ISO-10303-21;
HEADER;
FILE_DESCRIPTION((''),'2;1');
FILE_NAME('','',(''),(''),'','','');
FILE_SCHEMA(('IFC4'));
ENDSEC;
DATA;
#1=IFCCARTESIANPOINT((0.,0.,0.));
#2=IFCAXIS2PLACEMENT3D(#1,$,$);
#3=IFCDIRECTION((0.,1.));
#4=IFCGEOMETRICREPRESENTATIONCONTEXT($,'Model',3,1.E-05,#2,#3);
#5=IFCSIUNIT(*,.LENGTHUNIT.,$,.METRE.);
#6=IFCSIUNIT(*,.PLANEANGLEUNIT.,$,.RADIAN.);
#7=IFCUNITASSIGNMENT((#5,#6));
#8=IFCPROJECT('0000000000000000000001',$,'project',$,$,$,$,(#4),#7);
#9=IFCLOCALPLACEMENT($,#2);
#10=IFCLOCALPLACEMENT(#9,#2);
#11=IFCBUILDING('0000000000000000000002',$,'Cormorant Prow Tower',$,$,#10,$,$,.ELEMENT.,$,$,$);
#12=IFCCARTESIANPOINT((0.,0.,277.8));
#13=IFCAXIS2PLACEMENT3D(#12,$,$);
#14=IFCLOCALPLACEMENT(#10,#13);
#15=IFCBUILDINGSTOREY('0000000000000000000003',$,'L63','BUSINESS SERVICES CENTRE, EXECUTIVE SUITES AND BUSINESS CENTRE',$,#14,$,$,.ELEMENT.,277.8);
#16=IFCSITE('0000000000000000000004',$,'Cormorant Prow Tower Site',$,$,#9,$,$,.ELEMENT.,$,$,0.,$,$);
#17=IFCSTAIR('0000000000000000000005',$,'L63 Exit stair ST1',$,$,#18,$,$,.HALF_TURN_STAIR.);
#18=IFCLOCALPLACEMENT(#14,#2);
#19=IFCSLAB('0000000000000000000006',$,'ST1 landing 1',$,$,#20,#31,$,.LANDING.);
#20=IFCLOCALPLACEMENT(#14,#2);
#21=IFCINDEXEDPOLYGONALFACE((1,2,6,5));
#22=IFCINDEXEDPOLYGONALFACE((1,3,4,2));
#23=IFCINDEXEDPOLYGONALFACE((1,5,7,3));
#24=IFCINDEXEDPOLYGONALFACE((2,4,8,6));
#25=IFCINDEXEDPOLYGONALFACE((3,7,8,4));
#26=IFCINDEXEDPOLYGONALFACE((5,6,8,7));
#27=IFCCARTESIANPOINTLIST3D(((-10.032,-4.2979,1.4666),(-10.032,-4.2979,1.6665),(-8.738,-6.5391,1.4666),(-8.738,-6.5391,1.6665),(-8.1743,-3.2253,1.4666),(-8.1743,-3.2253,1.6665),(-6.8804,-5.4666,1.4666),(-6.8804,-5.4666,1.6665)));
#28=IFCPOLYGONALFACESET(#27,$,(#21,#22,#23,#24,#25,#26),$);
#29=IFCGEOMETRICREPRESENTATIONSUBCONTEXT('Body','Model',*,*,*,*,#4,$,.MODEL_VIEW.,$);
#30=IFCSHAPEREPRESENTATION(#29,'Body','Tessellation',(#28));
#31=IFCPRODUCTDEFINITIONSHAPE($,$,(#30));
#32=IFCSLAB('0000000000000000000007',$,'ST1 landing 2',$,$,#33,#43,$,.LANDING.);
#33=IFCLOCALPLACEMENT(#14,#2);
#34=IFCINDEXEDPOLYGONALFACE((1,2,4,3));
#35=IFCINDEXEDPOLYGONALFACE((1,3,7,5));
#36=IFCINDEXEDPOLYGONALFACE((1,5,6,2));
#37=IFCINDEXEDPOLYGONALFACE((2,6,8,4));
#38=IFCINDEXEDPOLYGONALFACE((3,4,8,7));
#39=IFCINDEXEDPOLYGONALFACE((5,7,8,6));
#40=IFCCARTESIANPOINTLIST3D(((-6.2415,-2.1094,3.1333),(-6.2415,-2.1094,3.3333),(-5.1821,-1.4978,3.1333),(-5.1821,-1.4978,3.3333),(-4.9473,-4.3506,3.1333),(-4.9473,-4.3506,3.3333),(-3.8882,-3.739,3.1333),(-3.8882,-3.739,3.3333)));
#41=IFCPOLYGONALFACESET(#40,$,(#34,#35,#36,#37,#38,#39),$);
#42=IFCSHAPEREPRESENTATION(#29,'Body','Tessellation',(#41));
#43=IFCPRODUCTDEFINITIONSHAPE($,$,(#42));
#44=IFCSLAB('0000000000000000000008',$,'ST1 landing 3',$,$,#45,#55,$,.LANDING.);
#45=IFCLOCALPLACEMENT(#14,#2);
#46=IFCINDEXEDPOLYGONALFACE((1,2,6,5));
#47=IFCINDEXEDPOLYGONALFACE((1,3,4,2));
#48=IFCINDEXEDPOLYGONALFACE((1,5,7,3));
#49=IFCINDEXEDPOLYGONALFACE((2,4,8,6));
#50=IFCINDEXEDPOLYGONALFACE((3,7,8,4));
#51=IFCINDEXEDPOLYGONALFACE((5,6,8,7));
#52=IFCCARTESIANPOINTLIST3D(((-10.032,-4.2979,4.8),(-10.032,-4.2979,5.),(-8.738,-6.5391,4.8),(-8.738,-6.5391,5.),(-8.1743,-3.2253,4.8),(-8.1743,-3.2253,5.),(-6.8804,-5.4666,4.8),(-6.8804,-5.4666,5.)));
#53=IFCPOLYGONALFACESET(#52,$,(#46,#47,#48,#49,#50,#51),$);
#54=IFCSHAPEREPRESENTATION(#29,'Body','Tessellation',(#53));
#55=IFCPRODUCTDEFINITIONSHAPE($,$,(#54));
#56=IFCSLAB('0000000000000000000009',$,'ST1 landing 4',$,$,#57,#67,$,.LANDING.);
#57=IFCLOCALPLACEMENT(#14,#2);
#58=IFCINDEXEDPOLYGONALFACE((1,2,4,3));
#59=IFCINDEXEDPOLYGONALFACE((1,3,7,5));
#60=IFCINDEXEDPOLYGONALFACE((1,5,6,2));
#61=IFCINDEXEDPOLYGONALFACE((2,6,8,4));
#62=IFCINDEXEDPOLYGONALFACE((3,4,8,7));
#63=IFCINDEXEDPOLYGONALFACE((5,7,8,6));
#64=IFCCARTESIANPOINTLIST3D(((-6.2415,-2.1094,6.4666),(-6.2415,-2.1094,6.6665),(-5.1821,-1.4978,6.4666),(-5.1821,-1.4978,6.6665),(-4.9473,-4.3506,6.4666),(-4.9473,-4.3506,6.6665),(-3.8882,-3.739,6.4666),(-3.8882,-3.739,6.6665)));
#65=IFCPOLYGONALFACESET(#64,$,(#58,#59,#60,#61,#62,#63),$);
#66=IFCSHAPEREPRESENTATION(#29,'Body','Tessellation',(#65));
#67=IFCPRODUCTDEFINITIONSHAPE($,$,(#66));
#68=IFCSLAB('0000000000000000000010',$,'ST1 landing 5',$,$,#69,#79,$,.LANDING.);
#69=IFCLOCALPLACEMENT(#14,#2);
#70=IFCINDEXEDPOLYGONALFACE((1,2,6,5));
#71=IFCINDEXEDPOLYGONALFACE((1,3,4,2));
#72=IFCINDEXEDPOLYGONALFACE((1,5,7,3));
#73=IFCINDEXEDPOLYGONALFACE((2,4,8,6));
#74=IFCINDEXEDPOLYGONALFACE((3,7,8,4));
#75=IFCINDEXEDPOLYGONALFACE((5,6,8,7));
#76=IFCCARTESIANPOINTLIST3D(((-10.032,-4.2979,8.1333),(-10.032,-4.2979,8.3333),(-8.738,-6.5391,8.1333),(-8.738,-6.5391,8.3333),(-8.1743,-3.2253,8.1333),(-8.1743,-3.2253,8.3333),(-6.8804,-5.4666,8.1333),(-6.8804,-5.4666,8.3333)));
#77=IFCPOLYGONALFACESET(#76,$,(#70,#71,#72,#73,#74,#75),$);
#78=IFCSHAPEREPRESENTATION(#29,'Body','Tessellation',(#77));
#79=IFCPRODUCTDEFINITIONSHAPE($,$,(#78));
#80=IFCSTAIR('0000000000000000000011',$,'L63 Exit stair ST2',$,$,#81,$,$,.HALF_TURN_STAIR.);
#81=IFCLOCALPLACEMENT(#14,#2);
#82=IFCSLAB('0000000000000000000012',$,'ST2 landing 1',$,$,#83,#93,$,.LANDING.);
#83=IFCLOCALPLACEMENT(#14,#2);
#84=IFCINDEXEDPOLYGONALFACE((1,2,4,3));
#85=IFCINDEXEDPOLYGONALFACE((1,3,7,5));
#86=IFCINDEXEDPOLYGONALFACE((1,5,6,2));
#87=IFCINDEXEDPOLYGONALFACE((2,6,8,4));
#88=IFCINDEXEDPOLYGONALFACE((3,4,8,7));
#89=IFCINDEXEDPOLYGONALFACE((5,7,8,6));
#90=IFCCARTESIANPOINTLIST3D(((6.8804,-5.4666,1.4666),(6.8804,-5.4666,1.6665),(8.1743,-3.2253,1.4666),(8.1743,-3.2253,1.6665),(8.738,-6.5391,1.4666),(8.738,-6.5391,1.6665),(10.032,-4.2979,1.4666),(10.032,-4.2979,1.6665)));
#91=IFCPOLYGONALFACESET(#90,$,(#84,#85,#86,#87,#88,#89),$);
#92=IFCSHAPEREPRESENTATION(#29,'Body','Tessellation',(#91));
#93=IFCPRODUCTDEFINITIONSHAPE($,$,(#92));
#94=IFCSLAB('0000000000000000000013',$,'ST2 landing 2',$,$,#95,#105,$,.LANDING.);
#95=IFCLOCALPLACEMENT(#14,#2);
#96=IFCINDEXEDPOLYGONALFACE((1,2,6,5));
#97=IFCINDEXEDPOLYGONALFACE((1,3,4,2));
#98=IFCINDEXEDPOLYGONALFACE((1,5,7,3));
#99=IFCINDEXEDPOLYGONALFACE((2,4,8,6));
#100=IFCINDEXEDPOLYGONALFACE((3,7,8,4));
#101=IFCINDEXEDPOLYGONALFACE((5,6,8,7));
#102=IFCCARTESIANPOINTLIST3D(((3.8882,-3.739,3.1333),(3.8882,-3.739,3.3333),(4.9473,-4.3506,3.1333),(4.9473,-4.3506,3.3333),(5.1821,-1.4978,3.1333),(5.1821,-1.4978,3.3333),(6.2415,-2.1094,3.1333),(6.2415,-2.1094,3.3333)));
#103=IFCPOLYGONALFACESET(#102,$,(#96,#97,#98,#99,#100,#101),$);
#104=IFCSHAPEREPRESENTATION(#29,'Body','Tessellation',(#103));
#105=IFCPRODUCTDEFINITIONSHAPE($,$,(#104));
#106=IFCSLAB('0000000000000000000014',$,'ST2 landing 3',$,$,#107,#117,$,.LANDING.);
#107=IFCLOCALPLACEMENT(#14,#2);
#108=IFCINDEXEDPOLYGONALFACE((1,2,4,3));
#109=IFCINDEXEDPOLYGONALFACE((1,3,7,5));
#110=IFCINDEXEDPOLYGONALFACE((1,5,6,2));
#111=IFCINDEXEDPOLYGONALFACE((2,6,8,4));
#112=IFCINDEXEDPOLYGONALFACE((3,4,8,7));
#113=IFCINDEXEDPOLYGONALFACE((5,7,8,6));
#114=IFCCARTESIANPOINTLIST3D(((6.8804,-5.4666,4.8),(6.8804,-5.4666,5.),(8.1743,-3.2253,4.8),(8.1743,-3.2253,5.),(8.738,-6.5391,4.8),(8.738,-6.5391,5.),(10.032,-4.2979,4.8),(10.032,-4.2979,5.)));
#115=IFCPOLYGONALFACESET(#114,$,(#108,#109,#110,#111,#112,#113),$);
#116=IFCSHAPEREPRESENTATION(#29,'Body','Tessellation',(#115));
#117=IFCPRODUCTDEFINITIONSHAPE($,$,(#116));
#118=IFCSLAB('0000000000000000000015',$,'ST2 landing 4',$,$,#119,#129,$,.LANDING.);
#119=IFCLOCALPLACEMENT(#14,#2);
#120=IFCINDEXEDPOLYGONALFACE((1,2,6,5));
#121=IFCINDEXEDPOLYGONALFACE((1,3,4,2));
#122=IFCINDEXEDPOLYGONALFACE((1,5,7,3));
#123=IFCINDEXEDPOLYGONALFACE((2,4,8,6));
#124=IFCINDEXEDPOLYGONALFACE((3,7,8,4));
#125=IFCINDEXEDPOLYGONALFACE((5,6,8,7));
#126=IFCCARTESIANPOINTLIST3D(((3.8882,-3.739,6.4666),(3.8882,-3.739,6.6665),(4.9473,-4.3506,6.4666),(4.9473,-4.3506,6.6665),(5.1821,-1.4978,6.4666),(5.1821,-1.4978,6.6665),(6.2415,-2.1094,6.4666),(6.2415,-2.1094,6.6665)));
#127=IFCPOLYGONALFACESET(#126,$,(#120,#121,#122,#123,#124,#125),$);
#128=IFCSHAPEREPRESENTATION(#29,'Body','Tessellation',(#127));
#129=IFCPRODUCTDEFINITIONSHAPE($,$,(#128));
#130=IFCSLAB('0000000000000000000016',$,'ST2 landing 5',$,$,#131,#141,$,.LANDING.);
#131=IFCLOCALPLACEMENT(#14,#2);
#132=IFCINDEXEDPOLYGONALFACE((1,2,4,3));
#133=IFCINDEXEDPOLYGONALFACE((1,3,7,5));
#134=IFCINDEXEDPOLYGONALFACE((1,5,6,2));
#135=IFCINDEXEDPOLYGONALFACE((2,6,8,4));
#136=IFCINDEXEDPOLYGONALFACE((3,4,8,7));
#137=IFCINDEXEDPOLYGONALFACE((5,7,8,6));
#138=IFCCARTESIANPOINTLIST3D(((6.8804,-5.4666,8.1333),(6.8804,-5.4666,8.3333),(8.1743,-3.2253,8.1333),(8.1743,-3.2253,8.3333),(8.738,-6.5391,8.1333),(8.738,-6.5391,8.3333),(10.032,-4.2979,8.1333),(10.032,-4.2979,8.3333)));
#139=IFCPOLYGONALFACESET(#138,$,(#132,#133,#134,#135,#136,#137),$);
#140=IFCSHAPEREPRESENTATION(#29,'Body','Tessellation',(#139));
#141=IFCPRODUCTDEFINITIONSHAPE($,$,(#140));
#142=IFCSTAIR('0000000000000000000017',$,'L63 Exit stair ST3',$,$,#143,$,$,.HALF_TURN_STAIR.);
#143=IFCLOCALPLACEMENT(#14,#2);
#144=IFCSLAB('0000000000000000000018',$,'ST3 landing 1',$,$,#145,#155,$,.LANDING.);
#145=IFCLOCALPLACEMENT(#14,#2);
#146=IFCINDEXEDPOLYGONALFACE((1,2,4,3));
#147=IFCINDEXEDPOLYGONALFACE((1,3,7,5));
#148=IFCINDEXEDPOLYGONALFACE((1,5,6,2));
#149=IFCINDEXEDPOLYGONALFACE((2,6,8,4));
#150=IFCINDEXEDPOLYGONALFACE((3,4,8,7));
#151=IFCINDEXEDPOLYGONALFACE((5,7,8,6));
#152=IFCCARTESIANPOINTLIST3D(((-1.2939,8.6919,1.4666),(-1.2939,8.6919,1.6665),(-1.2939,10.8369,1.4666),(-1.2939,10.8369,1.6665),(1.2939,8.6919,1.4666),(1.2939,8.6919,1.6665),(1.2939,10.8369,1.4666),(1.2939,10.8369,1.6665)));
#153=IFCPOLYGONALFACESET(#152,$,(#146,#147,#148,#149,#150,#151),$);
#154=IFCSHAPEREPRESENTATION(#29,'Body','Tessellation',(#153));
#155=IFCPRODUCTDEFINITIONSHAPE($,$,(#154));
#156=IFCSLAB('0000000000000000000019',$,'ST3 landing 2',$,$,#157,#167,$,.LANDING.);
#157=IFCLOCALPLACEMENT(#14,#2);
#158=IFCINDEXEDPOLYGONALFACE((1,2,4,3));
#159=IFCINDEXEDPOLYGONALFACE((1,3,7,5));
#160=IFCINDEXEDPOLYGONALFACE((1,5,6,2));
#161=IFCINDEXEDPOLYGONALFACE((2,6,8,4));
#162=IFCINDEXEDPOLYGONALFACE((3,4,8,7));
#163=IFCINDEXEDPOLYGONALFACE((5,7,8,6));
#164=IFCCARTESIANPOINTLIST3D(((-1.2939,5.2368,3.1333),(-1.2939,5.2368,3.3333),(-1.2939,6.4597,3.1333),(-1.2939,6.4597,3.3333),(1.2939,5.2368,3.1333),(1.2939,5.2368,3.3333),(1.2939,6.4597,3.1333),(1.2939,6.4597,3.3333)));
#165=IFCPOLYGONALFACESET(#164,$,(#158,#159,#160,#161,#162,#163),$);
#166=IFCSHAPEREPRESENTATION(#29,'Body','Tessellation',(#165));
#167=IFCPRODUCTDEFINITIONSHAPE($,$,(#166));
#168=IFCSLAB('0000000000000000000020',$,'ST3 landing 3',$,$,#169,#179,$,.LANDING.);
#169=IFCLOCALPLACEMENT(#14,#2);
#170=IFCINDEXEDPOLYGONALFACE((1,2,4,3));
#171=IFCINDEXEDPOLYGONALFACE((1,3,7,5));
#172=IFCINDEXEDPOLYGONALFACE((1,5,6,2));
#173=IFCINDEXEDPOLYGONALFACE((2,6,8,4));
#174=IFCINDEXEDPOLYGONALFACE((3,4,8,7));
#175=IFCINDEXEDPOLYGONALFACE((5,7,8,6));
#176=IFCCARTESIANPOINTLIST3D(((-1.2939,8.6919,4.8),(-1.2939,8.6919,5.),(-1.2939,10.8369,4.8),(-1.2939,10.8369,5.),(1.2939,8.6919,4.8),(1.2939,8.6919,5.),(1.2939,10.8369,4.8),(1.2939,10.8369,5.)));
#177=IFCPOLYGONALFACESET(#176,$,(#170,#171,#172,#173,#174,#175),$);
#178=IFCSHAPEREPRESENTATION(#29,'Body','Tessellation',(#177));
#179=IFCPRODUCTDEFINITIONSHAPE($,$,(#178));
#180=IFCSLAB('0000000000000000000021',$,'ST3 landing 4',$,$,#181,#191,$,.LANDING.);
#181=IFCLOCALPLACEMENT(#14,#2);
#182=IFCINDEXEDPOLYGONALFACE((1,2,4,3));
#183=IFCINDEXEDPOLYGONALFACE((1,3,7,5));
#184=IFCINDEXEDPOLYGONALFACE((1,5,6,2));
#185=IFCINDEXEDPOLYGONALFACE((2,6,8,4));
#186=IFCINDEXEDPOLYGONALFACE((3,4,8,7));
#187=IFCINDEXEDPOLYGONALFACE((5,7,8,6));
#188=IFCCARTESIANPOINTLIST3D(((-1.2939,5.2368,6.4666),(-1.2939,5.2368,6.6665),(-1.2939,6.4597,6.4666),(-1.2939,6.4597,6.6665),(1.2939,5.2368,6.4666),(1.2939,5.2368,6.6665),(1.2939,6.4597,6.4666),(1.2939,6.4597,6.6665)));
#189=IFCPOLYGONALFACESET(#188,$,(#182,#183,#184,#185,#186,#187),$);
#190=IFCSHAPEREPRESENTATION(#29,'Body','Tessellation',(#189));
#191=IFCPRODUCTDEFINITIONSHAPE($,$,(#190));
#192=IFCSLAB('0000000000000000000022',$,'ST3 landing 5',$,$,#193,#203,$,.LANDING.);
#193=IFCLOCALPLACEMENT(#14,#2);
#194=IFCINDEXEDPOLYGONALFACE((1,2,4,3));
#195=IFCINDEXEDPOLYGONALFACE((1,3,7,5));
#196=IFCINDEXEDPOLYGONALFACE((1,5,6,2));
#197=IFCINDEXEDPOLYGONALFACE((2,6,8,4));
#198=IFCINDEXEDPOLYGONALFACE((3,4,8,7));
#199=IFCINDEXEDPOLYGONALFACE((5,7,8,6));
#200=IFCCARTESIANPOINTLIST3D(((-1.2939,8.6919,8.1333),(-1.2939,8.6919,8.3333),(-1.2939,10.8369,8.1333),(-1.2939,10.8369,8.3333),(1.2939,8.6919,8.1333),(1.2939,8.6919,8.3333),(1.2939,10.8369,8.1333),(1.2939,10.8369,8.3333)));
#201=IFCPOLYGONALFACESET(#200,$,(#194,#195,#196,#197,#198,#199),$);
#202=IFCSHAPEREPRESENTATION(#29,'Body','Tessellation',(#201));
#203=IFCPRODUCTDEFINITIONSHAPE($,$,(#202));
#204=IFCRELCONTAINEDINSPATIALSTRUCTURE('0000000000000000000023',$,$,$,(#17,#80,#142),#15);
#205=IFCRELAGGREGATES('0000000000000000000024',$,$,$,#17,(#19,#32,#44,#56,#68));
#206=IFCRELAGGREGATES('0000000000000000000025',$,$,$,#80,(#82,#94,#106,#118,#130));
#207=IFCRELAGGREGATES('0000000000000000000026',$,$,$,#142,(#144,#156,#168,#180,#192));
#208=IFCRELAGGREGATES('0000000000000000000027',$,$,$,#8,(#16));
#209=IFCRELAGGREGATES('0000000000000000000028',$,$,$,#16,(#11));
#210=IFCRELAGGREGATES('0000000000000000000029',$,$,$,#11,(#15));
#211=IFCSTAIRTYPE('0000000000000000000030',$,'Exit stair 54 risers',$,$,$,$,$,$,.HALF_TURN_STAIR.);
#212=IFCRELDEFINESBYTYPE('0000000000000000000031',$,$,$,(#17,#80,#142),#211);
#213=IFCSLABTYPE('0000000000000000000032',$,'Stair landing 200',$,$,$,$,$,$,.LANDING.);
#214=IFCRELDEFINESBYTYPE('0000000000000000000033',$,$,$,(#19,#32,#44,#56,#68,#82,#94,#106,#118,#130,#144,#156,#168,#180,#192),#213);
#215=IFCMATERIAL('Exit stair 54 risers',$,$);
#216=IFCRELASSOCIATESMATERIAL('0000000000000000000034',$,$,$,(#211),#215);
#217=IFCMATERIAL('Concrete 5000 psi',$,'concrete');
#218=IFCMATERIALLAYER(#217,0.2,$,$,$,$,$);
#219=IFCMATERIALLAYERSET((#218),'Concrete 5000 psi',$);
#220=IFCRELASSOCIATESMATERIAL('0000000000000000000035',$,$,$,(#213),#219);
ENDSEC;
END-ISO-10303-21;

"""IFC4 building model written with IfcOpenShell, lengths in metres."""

from ifc_helpers import new_model, si_unit, direction, frame, origin, place, context, subcontext, project, spatial, polyline, outline, extrude, material, layer, layer_set, type_object, element, aggregate, save


model = new_model("IFC4")

# Units and contexts
model_context = context("Model", 3, precision=1e-05, world=origin(), true_north=direction((0.0, 1.0)))
body_context = subcontext(model_context, "Body", "Model", "MODEL_VIEW")
ifc_project = project(units=[si_unit("LENGTHUNIT", "METRE"), si_unit("PLANEANGLEUNIT", "RADIAN")], contexts=[model_context])

# Site, building, storey
site_placement = place(None, origin())
site = spatial("IfcSite", under=ifc_project, at=site_placement, Name="Cormorant Prow Tower Site", CompositionType="ELEMENT", RefElevation=0.0)
building_placement = place(site_placement, origin())
building = spatial("IfcBuilding", under=site, at=building_placement, Name="Cormorant Prow Tower", CompositionType="ELEMENT")
storey_placement = place(building_placement, frame((0.0, 0.0, 277.8)))
storey = spatial("IfcBuildingStorey", under=building, at=storey_placement, Name="L63", Description="BUSINESS SERVICES CENTRE, EXECUTIVE SUITES AND BUSINESS CENTRE", CompositionType="ELEMENT", Elevation=277.8)

# Stairs, slabs
ifc_material_1 = material(Name="Exit stair 54 risers")
stair_type = type_object("IfcStairType", Name="Exit stair 54 risers", PredefinedType="HALF_TURN_STAIR", material=ifc_material_1)
stair_1_placement = place(storey_placement, origin())
stair_1 = element("IfcStair", 1, at=stair_1_placement, inside=storey, type_object=stair_type, Name="L63 Exit stair ST1", PredefinedType="HALF_TURN_STAIR")
ifc_material_2 = material(Name="Concrete 5000 psi", Category="concrete")
ifc_layer_1 = layer(ifc_material_2, 0.2)
ifc_layer_set_1 = layer_set([ifc_layer_1], Name="Concrete 5000 psi")
slab_type = type_object("IfcSlabType", Name="Stair landing 200", PredefinedType="LANDING", material=ifc_layer_set_1)
slab_1_placement = place(storey_placement, frame((0.0, 0.0, 1.4666)))
slab_1 = element("IfcSlab", 2, at=slab_1_placement, type_object=slab_type, Name="ST1 landing 1", PredefinedType="LANDING", context=body_context, shape_type="SweptSolid", body=[
    extrude(outline(polyline([(-8.1743, -3.2253), (-10.032, -4.2979), (-8.738, -6.5391), (-6.8804, -5.4666), (-8.1743, -3.2253)])), origin(), (0.0, 0.0, 1.0), 0.2),
])
slab_2_placement = place(storey_placement, frame((0.0, 0.0, 3.1333)))
slab_2 = element("IfcSlab", 3, at=slab_2_placement, type_object=slab_type, Name="ST1 landing 2", PredefinedType="LANDING", context=body_context, shape_type="SweptSolid", body=[
    extrude(outline(polyline([(-5.1821, -1.4978), (-6.2415, -2.1094), (-4.9473, -4.3506), (-3.8882, -3.739), (-5.1821, -1.4978)])), origin(), (0.0, 0.0, 1.0), 0.2),
])
slab_3_placement = place(storey_placement, frame((0.0, 0.0, 4.8)))
slab_3 = element("IfcSlab", 4, at=slab_3_placement, type_object=slab_type, Name="ST1 landing 3", PredefinedType="LANDING", context=body_context, shape_type="SweptSolid", body=[
    extrude(outline(polyline([(-8.1743, -3.2253), (-10.032, -4.2979), (-8.738, -6.5391), (-6.8804, -5.4666), (-8.1743, -3.2253)])), origin(), (0.0, 0.0, 1.0), 0.2),
])
slab_4_placement = place(storey_placement, frame((0.0, 0.0, 6.4666)))
slab_4 = element("IfcSlab", 5, at=slab_4_placement, type_object=slab_type, Name="ST1 landing 4", PredefinedType="LANDING", context=body_context, shape_type="SweptSolid", body=[
    extrude(outline(polyline([(-5.1821, -1.4978), (-6.2415, -2.1094), (-4.9473, -4.3506), (-3.8882, -3.739), (-5.1821, -1.4978)])), origin(), (0.0, 0.0, 1.0), 0.2),
])
slab_5_placement = place(storey_placement, frame((0.0, 0.0, 8.1333)))
slab_5 = element("IfcSlab", 6, at=slab_5_placement, type_object=slab_type, Name="ST1 landing 5", PredefinedType="LANDING", context=body_context, shape_type="SweptSolid", body=[
    extrude(outline(polyline([(-8.1743, -3.2253), (-10.032, -4.2979), (-8.738, -6.5391), (-6.8804, -5.4666), (-8.1743, -3.2253)])), origin(), (0.0, 0.0, 1.0), 0.2),
])
aggregate(stair_1, [slab_1, slab_2, slab_3, slab_4, slab_5])
stair_2_placement = place(storey_placement, origin())
stair_2 = element("IfcStair", 7, at=stair_2_placement, inside=storey, type_object=stair_type, Name="L63 Exit stair ST2", PredefinedType="HALF_TURN_STAIR")
slab_6_placement = place(storey_placement, frame((0.0, 0.0, 1.4666)))
slab_6 = element("IfcSlab", 8, at=slab_6_placement, type_object=slab_type, Name="ST2 landing 1", PredefinedType="LANDING", context=body_context, shape_type="SweptSolid", body=[
    extrude(outline(polyline([(6.8804, -5.4666), (8.738, -6.5391), (10.032, -4.2979), (8.1743, -3.2253), (6.8804, -5.4666)])), origin(), (0.0, 0.0, 1.0), 0.2),
])
slab_7_placement = place(storey_placement, frame((0.0, 0.0, 3.1333)))
slab_7 = element("IfcSlab", 9, at=slab_7_placement, type_object=slab_type, Name="ST2 landing 2", PredefinedType="LANDING", context=body_context, shape_type="SweptSolid", body=[
    extrude(outline(polyline([(3.8882, -3.739), (4.9473, -4.3506), (6.2415, -2.1094), (5.1821, -1.4978), (3.8882, -3.739)])), origin(), (0.0, 0.0, 1.0), 0.2),
])
slab_8_placement = place(storey_placement, frame((0.0, 0.0, 4.8)))
slab_8 = element("IfcSlab", 10, at=slab_8_placement, type_object=slab_type, Name="ST2 landing 3", PredefinedType="LANDING", context=body_context, shape_type="SweptSolid", body=[
    extrude(outline(polyline([(6.8804, -5.4666), (8.738, -6.5391), (10.032, -4.2979), (8.1743, -3.2253), (6.8804, -5.4666)])), origin(), (0.0, 0.0, 1.0), 0.2),
])
slab_9_placement = place(storey_placement, frame((0.0, 0.0, 6.4666)))
slab_9 = element("IfcSlab", 11, at=slab_9_placement, type_object=slab_type, Name="ST2 landing 4", PredefinedType="LANDING", context=body_context, shape_type="SweptSolid", body=[
    extrude(outline(polyline([(3.8882, -3.739), (4.9473, -4.3506), (6.2415, -2.1094), (5.1821, -1.4978), (3.8882, -3.739)])), origin(), (0.0, 0.0, 1.0), 0.2),
])
slab_10_placement = place(storey_placement, frame((0.0, 0.0, 8.1333)))
slab_10 = element("IfcSlab", 12, at=slab_10_placement, type_object=slab_type, Name="ST2 landing 5", PredefinedType="LANDING", context=body_context, shape_type="SweptSolid", body=[
    extrude(outline(polyline([(6.8804, -5.4666), (8.738, -6.5391), (10.032, -4.2979), (8.1743, -3.2253), (6.8804, -5.4666)])), origin(), (0.0, 0.0, 1.0), 0.2),
])
aggregate(stair_2, [slab_6, slab_7, slab_8, slab_9, slab_10])
stair_3_placement = place(storey_placement, origin())
stair_3 = element("IfcStair", 13, at=stair_3_placement, inside=storey, type_object=stair_type, Name="L63 Exit stair ST3", PredefinedType="HALF_TURN_STAIR")
slab_11_placement = place(storey_placement, frame((0.0, 0.0, 1.4666)))
slab_11 = element("IfcSlab", 14, at=slab_11_placement, type_object=slab_type, Name="ST3 landing 1", PredefinedType="LANDING", context=body_context, shape_type="SweptSolid", body=[
    extrude(outline(polyline([(1.2939, 8.6919), (1.2939, 10.8369), (-1.2939, 10.8369), (-1.2939, 8.6919), (1.2939, 8.6919)])), origin(), (0.0, 0.0, 1.0), 0.2),
])
slab_12_placement = place(storey_placement, frame((0.0, 0.0, 3.1333)))
slab_12 = element("IfcSlab", 15, at=slab_12_placement, type_object=slab_type, Name="ST3 landing 2", PredefinedType="LANDING", context=body_context, shape_type="SweptSolid", body=[
    extrude(outline(polyline([(1.2939, 5.2368), (1.2939, 6.4597), (-1.2939, 6.4597), (-1.2939, 5.2368), (1.2939, 5.2368)])), origin(), (0.0, 0.0, 1.0), 0.2),
])
slab_13_placement = place(storey_placement, frame((0.0, 0.0, 4.8)))
slab_13 = element("IfcSlab", 16, at=slab_13_placement, type_object=slab_type, Name="ST3 landing 3", PredefinedType="LANDING", context=body_context, shape_type="SweptSolid", body=[
    extrude(outline(polyline([(1.2939, 8.6919), (1.2939, 10.8369), (-1.2939, 10.8369), (-1.2939, 8.6919), (1.2939, 8.6919)])), origin(), (0.0, 0.0, 1.0), 0.2),
])
slab_14_placement = place(storey_placement, frame((0.0, 0.0, 6.4666)))
slab_14 = element("IfcSlab", 17, at=slab_14_placement, type_object=slab_type, Name="ST3 landing 4", PredefinedType="LANDING", context=body_context, shape_type="SweptSolid", body=[
    extrude(outline(polyline([(1.2939, 5.2368), (1.2939, 6.4597), (-1.2939, 6.4597), (-1.2939, 5.2368), (1.2939, 5.2368)])), origin(), (0.0, 0.0, 1.0), 0.2),
])
slab_15_placement = place(storey_placement, frame((0.0, 0.0, 8.1333)))
slab_15 = element("IfcSlab", 18, at=slab_15_placement, type_object=slab_type, Name="ST3 landing 5", PredefinedType="LANDING", context=body_context, shape_type="SweptSolid", body=[
    extrude(outline(polyline([(1.2939, 8.6919), (1.2939, 10.8369), (-1.2939, 10.8369), (-1.2939, 8.6919), (1.2939, 8.6919)])), origin(), (0.0, 0.0, 1.0), 0.2),
])

aggregate(stair_3, [slab_11, slab_12, slab_13, slab_14, slab_15])

save(model, "model.ifc")
